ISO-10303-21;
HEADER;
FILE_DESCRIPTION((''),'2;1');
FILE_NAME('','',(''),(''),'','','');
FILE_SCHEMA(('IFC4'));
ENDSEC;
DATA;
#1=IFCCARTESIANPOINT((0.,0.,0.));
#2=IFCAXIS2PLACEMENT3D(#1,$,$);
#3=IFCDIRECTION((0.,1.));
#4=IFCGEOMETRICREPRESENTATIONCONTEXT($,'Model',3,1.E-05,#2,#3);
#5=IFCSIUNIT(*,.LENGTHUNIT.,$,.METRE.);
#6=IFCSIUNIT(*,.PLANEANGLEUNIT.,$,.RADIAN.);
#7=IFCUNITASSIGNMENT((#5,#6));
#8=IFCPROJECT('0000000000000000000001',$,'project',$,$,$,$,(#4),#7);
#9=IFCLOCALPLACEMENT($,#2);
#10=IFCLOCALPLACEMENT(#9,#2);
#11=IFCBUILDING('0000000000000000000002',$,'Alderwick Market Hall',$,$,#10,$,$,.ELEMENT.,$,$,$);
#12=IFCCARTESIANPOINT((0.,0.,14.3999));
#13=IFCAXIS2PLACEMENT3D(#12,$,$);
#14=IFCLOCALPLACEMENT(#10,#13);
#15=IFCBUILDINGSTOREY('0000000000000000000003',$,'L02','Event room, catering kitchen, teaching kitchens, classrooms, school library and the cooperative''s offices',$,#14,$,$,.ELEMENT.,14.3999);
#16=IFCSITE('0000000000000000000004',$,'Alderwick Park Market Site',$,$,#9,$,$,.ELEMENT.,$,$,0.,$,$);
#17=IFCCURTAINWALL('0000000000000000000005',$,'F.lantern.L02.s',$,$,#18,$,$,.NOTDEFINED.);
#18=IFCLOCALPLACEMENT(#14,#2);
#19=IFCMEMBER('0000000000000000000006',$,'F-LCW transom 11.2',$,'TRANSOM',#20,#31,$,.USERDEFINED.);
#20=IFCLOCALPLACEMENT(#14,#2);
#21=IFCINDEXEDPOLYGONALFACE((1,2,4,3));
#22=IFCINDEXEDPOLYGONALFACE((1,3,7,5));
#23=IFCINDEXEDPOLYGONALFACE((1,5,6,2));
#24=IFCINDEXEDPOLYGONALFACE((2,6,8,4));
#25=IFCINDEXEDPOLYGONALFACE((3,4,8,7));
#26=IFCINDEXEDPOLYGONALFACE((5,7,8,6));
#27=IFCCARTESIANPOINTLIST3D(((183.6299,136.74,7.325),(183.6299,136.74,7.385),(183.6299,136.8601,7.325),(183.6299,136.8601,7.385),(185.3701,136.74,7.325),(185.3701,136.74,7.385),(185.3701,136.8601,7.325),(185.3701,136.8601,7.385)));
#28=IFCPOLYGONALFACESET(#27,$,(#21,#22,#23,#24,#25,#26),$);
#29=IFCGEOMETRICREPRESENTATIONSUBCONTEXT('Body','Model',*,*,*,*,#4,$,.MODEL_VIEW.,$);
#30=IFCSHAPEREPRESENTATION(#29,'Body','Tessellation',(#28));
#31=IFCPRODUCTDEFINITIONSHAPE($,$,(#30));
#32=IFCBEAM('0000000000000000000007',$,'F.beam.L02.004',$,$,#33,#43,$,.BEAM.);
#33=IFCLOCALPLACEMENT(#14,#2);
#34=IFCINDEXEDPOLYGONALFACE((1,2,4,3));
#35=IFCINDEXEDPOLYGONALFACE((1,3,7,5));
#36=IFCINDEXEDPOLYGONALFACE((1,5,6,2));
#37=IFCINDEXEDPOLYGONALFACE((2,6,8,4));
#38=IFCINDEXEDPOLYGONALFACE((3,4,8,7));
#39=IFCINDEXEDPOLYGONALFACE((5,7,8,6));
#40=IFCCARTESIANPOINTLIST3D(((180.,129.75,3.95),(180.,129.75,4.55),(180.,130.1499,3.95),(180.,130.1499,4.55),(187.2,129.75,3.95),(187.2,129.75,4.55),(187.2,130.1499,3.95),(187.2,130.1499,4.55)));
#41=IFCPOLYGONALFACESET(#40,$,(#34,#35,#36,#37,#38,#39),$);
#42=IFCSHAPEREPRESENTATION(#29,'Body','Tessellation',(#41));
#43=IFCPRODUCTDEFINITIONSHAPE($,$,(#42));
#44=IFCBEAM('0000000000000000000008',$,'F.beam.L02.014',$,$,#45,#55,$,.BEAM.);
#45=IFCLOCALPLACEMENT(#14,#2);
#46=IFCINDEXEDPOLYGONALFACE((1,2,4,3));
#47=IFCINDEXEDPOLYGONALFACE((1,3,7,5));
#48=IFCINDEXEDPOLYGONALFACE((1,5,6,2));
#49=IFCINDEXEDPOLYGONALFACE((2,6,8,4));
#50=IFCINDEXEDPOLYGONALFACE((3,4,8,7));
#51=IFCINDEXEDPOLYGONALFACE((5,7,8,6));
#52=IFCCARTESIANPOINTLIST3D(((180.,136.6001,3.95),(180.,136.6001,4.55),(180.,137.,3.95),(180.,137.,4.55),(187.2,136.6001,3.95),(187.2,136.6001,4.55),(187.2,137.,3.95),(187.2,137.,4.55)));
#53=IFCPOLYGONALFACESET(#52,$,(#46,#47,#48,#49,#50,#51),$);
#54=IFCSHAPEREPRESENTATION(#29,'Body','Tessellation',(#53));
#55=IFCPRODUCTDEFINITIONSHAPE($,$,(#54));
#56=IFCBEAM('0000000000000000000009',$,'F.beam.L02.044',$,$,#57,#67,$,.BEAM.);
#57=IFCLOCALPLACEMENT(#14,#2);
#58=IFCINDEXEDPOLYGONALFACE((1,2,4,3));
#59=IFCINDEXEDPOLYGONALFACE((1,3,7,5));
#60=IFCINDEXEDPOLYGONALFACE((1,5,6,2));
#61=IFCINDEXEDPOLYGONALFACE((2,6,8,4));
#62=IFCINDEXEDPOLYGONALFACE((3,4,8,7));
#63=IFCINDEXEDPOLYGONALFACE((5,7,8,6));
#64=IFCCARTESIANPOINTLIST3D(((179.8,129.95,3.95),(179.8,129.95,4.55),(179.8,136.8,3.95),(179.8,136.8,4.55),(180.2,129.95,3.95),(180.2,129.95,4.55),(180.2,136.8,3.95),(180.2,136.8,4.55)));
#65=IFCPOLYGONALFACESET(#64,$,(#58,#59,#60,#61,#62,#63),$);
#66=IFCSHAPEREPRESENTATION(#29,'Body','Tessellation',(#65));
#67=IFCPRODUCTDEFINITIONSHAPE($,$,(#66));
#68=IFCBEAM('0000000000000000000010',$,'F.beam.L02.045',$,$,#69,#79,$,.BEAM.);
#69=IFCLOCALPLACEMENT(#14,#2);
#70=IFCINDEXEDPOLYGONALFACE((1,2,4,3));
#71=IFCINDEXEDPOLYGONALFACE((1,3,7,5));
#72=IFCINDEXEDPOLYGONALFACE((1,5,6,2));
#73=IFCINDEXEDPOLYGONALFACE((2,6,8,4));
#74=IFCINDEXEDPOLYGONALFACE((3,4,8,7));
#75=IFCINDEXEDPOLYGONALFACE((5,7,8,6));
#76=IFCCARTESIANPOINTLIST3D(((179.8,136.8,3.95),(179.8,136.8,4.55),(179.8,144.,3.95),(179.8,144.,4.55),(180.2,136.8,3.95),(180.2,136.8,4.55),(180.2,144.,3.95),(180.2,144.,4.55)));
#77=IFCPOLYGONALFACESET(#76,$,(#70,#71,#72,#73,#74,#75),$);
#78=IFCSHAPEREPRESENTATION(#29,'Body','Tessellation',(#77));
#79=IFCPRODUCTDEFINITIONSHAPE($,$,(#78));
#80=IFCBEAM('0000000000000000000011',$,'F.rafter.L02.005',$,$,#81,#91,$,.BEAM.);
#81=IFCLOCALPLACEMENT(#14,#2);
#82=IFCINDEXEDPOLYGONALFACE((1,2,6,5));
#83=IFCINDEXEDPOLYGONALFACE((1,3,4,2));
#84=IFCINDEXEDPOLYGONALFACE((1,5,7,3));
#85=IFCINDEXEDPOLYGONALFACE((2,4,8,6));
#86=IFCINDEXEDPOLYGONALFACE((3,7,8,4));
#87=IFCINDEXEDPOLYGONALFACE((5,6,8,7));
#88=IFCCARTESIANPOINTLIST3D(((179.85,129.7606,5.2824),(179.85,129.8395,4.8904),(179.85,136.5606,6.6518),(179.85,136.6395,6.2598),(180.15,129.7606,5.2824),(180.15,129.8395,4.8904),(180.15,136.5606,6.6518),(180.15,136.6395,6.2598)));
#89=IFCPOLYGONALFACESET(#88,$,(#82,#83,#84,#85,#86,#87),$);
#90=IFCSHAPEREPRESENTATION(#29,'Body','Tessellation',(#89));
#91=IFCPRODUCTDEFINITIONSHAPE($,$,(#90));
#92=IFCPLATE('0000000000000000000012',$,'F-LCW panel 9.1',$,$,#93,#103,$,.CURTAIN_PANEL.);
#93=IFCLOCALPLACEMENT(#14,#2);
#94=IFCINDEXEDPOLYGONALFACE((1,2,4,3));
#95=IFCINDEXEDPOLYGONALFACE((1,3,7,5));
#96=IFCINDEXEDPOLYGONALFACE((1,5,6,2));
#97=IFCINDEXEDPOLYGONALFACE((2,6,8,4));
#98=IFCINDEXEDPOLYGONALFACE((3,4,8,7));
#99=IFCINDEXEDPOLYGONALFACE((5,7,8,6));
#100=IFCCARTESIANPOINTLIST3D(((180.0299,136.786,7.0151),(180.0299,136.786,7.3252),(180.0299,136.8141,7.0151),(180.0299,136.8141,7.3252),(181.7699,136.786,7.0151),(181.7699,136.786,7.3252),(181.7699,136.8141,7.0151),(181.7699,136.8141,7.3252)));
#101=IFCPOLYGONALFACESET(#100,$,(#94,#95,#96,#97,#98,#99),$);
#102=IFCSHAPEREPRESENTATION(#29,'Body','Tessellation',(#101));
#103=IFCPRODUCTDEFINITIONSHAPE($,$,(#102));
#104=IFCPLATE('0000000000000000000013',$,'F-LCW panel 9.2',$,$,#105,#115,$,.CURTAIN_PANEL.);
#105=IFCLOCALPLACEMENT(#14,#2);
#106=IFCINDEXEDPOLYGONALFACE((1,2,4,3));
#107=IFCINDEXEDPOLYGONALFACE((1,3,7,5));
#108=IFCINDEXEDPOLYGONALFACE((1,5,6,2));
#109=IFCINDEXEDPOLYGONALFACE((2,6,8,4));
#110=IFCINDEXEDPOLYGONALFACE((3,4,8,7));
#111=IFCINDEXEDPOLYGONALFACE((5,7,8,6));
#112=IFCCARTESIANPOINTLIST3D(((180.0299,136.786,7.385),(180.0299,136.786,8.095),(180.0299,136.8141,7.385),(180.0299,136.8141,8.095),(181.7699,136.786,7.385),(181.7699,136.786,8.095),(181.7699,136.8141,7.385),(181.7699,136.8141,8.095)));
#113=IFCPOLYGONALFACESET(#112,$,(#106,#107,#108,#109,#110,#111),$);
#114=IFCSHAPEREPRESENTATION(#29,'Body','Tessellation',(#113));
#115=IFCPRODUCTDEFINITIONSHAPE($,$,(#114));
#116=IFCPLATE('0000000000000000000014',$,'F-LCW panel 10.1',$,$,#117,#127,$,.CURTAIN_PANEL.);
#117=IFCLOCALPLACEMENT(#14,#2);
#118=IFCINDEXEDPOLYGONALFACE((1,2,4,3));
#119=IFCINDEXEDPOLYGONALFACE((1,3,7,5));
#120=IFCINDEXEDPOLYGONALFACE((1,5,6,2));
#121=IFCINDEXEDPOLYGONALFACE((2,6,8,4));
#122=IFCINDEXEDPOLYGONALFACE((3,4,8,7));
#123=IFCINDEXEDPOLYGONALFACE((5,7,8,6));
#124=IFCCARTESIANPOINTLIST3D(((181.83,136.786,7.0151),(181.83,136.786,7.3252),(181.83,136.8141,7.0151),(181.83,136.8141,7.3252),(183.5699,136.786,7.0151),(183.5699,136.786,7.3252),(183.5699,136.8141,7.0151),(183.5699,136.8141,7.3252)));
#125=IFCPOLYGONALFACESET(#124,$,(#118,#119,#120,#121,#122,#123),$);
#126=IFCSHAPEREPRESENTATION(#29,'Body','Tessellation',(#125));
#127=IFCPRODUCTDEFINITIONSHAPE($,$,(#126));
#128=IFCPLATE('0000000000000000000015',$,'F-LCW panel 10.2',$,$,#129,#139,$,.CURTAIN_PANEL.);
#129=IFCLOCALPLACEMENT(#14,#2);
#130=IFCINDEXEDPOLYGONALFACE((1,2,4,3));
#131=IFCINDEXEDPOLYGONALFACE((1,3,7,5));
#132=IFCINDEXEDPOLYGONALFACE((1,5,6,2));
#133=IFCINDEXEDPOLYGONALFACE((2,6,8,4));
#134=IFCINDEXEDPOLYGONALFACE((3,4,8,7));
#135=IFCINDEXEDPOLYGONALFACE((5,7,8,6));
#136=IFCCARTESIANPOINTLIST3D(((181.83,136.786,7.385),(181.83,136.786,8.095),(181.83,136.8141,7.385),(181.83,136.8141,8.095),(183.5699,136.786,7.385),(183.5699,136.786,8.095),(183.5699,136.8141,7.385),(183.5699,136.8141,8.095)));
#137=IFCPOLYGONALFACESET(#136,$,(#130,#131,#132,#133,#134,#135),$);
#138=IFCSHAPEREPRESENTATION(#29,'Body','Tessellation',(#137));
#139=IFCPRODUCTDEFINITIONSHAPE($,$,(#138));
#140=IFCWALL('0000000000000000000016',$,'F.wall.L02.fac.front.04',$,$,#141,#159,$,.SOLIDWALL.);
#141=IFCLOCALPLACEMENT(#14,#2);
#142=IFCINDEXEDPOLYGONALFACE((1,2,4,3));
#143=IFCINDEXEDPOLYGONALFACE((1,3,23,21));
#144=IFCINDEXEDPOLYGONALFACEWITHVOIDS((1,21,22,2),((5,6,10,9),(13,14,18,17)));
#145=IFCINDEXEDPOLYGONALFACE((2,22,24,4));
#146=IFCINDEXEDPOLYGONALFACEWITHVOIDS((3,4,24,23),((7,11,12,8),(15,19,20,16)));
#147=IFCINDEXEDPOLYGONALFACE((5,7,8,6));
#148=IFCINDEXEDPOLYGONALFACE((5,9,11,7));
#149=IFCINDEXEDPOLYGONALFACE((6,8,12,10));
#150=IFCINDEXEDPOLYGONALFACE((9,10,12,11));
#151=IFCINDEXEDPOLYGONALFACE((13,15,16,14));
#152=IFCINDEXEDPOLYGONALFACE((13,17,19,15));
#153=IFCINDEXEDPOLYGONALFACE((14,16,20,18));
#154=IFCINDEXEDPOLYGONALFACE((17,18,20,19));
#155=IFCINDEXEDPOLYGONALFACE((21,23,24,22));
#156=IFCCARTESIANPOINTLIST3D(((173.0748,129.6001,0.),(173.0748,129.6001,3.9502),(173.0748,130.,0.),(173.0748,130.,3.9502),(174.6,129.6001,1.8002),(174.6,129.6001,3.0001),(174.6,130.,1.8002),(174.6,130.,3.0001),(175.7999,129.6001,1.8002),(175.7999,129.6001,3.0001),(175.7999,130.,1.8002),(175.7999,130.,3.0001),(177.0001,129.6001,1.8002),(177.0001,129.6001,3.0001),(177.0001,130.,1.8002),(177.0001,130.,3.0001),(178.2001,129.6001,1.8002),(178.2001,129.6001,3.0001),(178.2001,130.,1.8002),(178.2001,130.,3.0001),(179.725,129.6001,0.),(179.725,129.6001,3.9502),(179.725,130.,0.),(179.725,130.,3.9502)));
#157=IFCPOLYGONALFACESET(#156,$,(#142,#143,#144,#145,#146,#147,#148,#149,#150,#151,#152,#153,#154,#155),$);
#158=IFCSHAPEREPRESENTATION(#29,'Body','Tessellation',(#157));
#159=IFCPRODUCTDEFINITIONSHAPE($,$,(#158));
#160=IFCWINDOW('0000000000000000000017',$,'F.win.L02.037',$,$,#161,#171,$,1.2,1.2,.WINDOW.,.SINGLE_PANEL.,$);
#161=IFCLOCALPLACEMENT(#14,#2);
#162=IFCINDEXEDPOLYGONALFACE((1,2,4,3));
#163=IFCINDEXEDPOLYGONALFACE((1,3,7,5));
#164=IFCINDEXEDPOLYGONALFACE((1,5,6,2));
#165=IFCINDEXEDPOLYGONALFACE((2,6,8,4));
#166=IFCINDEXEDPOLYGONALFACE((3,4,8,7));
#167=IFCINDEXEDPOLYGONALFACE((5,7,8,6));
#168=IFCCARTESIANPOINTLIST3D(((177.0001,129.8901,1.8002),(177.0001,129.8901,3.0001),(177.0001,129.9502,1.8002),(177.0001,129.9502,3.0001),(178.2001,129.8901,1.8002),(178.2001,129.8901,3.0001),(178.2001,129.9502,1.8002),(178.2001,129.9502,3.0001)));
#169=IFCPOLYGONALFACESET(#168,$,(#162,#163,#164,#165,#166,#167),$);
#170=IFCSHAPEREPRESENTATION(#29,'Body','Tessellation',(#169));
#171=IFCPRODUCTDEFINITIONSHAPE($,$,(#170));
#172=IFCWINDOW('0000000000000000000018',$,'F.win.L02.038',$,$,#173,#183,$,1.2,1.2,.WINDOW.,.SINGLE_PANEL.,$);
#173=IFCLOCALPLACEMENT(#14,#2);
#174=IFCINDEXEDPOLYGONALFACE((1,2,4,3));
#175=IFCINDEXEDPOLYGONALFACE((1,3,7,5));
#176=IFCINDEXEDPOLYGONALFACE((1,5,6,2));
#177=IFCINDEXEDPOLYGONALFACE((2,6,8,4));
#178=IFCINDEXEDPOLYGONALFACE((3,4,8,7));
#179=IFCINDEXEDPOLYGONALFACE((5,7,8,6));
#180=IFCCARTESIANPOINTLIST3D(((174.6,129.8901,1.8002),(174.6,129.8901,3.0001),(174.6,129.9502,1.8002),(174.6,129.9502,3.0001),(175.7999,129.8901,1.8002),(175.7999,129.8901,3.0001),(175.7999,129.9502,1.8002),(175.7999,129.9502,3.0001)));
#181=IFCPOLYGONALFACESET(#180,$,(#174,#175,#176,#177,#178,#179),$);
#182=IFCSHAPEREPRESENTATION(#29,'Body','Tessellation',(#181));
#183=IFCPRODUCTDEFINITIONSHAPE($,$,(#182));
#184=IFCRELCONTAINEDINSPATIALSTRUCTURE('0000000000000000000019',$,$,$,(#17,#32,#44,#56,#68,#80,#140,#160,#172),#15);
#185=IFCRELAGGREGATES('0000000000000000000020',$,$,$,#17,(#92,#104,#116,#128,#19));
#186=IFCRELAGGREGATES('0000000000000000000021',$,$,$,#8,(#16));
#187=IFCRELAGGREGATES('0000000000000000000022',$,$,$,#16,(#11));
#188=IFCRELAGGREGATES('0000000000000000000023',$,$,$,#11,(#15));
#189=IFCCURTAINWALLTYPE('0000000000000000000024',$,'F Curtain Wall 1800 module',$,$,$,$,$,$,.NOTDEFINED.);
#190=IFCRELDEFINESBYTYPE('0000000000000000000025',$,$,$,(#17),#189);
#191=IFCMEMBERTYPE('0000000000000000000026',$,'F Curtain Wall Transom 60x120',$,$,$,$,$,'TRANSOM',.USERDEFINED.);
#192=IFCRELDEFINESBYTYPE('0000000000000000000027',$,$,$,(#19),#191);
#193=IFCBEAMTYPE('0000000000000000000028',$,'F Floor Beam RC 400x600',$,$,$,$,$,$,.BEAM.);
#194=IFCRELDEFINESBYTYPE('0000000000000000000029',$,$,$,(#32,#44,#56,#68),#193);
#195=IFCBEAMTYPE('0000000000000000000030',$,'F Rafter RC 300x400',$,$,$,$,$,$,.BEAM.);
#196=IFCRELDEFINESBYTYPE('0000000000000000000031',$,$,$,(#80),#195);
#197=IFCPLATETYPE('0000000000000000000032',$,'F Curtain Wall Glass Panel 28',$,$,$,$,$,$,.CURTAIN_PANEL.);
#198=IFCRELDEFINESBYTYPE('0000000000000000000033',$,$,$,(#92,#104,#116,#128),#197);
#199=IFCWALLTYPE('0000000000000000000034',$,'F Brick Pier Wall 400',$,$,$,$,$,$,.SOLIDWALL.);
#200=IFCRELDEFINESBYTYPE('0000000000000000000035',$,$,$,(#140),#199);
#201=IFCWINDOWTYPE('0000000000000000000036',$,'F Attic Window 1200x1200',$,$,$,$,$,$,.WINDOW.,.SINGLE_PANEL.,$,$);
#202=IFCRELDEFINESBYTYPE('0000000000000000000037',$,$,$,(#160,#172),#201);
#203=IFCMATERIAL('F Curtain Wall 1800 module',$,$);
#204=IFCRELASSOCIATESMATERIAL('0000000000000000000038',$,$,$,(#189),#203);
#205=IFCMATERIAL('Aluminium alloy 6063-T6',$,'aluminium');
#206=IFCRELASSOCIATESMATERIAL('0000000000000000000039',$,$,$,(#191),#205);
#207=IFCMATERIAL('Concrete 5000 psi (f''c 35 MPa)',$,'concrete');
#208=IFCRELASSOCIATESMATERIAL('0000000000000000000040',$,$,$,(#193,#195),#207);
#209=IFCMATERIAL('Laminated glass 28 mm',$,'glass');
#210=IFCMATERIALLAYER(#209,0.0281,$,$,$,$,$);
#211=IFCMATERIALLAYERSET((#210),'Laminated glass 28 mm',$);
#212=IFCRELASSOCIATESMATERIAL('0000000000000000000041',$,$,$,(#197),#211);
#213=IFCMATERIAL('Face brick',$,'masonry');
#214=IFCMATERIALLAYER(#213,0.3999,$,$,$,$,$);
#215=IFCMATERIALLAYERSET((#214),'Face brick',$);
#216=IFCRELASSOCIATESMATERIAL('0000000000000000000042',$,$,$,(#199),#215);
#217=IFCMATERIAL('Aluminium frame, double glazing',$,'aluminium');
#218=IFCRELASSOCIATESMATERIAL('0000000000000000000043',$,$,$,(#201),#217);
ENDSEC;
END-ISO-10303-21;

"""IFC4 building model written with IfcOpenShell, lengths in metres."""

from ifc_helpers import new_model, si_unit, direction, frame, frame_2d, origin, origin_2d, place, context, subcontext, project, spatial, rectangle, extrude, material, layer, layer_set, material_profile, profile_set, type_object, element, fill, aggregate, save


model = new_model("IFC4")

# Units and contexts
model_context = context("Model", 3, precision=1e-05, world=origin(), true_north=direction((0.0, 1.0)))
body_context = subcontext(model_context, "Body", "Model", "MODEL_VIEW")
ifc_project = project(units=[si_unit("LENGTHUNIT", "METRE"), si_unit("PLANEANGLEUNIT", "RADIAN")], contexts=[model_context])

# Site, building, storey
site_placement = place(None, origin())
site = spatial("IfcSite", under=ifc_project, at=site_placement, Name="Alderwick Park Market Site", CompositionType="ELEMENT", RefElevation=0.0)
building_placement = place(site_placement, origin())
building = spatial("IfcBuilding", under=site, at=building_placement, Name="Alderwick Market Hall", CompositionType="ELEMENT")
storey_placement = place(building_placement, frame((0.0, 0.0, 14.3999)))
storey = spatial("IfcBuildingStorey", under=building, at=storey_placement, Name="L02", Description="Event room, catering kitchen, teaching kitchens, classrooms, school library and the cooperative's offices", CompositionType="ELEMENT", Elevation=14.3999)

# Shared definitions
ifc_material_1 = material(Name="Concrete 5000 psi (f'c 35 MPa)", Category="concrete")

# Curtain wall, member
ifc_material_2 = material(Name="F Curtain Wall 1800 module")
curtain_wall_type = type_object("IfcCurtainWallType", Name="F Curtain Wall 1800 module", PredefinedType="NOTDEFINED", material=ifc_material_2)
curtain_wall_placement = place(storey_placement, origin())
curtain_wall = element("IfcCurtainWall", 1, at=curtain_wall_placement, inside=storey, type_object=curtain_wall_type, Name="F.lantern.L02.s", PredefinedType="NOTDEFINED")
ifc_material_3 = material(Name="Aluminium alloy 6063-T6", Category="aluminium")
ifc_material_profile_1 = material_profile(ifc_material_3, rectangle(XDim=0.1201, YDim=0.0601, at=origin_2d()), Name="AL 60x120")
ifc_profile_set_1 = profile_set([ifc_material_profile_1], Name="Aluminium alloy 6063-T6")
member_type_1 = type_object("IfcMemberType", Name="F Curtain Wall Transom 60x120", ElementType="TRANSOM", PredefinedType="USERDEFINED", material=ifc_profile_set_1)
member_1_placement = place(storey_placement, frame((183.6299, 136.8, 7.355), z_axis=(1.0, 0.0, 0.0), x_axis=(0.0, 1.0, 0.0)))
member_1 = element("IfcMember", 2, at=member_1_placement, type_object=member_type_1, Name="F-LCW transom 11.2", ObjectType="TRANSOM", PredefinedType="USERDEFINED", context=body_context, shape_type="SweptSolid", body=[
    extrude(rectangle(XDim=0.1201, YDim=0.0601, at=origin_2d()), origin(), (0.0, 0.0, 1.0), 1.7402),
])

# Beams
ifc_material_profile_2 = material_profile(ifc_material_1, rectangle(XDim=0.3999, YDim=0.6001, at=origin_2d()), Name="RC 400x600")
ifc_profile_set_2 = profile_set([ifc_material_profile_2], Name="Concrete 5000 psi (f'c 35 MPa)")
beam_type_1 = type_object("IfcBeamType", Name="F Floor Beam RC 400x600", PredefinedType="BEAM", material=ifc_profile_set_2)
for number, where, z_axis, x_axis, name in (
    (3, (180.0, 129.95, 4.25), (1.0, 0.0, 0.0), (0.0, 1.0, 0.0), "F.beam.L02.004"),
    (4, (180.0, 136.8, 4.25), (1.0, 0.0, 0.0), (0.0, 1.0, 0.0), "F.beam.L02.014"),
):
    element("IfcBeam", number, at=place(storey_placement, frame(where, z_axis=z_axis, x_axis=x_axis)), inside=storey, type_object=beam_type_1, Name=name, PredefinedType="BEAM", context=body_context, shape_type="SweptSolid", body=[
        extrude(rectangle(XDim=0.3999, YDim=0.6001, at=origin_2d()), origin(), (0.0, 0.0, 1.0), 7.2),
    ])
beam_1_placement = place(storey_placement, frame((180.0, 129.95, 4.25), z_axis=(0.0, 1.0, 0.0), x_axis=(-1.0, 0.0, 0.0)))
element("IfcBeam", 5, at=beam_1_placement, inside=storey, type_object=beam_type_1, Name="F.beam.L02.044", PredefinedType="BEAM", context=body_context, shape_type="SweptSolid", body=[
    extrude(rectangle(XDim=0.3999, YDim=0.6001, at=origin_2d()), origin(), (0.0, 0.0, 1.0), 6.8501),
])
beam_2_placement = place(storey_placement, frame((180.0, 136.8, 4.25), z_axis=(0.0, 1.0, 0.0), x_axis=(-1.0, 0.0, 0.0)))
element("IfcBeam", 6, at=beam_2_placement, inside=storey, type_object=beam_type_1, Name="F.beam.L02.045", PredefinedType="BEAM", context=body_context, shape_type="SweptSolid", body=[
    extrude(rectangle(XDim=0.3999, YDim=0.6001, at=origin_2d()), origin(), (0.0, 0.0, 1.0), 7.2),
])
ifc_material_profile_3 = material_profile(ifc_material_1, rectangle(XDim=0.3, YDim=0.3999, at=origin_2d()), Name="RC 300x400")
ifc_profile_set_3 = profile_set([ifc_material_profile_3], Name="Concrete 5000 psi (f'c 35 MPa)")
beam_type_2 = type_object("IfcBeamType", Name="F Rafter RC 300x400", PredefinedType="BEAM", material=ifc_profile_set_3)
beam_3_placement = place(storey_placement, frame((180.0, 129.8, 5.0864), z_axis=(0.0, 0.98032, 0.197416), x_axis=(-1.0, 0.0, 0.0)))
element("IfcBeam", 7, at=beam_3_placement, inside=storey, type_object=beam_type_2, Name="F.rafter.L02.005", PredefinedType="BEAM", context=body_context, shape_type="SweptSolid", body=[
    extrude(rectangle(XDim=0.3, YDim=0.3999, at=origin_2d()), origin(), (0.0, 0.0, 1.0), 6.9365),
])

# Plates
ifc_material_4 = material(Name="Laminated glass 28 mm", Category="glass")
ifc_layer_1 = layer(ifc_material_4, 0.0281)
ifc_layer_set_1 = layer_set([ifc_layer_1], Name="Laminated glass 28 mm")
plate_type = type_object("IfcPlateType", Name="F Curtain Wall Glass Panel 28", PredefinedType="CURTAIN_PANEL", material=ifc_layer_set_1)
plate_1_placement = place(storey_placement, frame((180.8999, 136.8, 7.0151), z_axis=(0.0, 0.0, 1.0), x_axis=(1.0, 0.0, 0.0)))
plate_1 = element("IfcPlate", 8, at=plate_1_placement, type_object=plate_type, Name="F-LCW panel 9.1", PredefinedType="CURTAIN_PANEL", context=body_context, shape_type="SweptSolid", body=[
    extrude(rectangle(XDim=1.74, YDim=0.0281, at=origin_2d()), origin(), (0.0, 0.0, 1.0), 0.3101),
])
plate_2_placement = place(storey_placement, frame((180.8999, 136.8, 7.385), z_axis=(0.0, 0.0, 1.0), x_axis=(1.0, 0.0, 0.0)))
plate_2 = element("IfcPlate", 9, at=plate_2_placement, type_object=plate_type, Name="F-LCW panel 9.2", PredefinedType="CURTAIN_PANEL", context=body_context, shape_type="SweptSolid", body=[
    extrude(rectangle(XDim=1.74, YDim=0.0281, at=origin_2d()), origin(), (0.0, 0.0, 1.0), 0.71),
])
plate_3_placement = place(storey_placement, frame((182.7, 136.8, 7.0151), z_axis=(0.0, 0.0, 1.0), x_axis=(1.0, 0.0, 0.0)))
plate_3 = element("IfcPlate", 10, at=plate_3_placement, type_object=plate_type, Name="F-LCW panel 10.1", PredefinedType="CURTAIN_PANEL", context=body_context, shape_type="SweptSolid", body=[
    extrude(rectangle(XDim=1.74, YDim=0.0281, at=origin_2d()), origin(), (0.0, 0.0, 1.0), 0.3101),
])
plate_4_placement = place(storey_placement, frame((182.7, 136.8, 7.385), z_axis=(0.0, 0.0, 1.0), x_axis=(1.0, 0.0, 0.0)))
plate_4 = element("IfcPlate", 11, at=plate_4_placement, type_object=plate_type, Name="F-LCW panel 10.2", PredefinedType="CURTAIN_PANEL", context=body_context, shape_type="SweptSolid", body=[
    extrude(rectangle(XDim=1.74, YDim=0.0281, at=origin_2d()), origin(), (0.0, 0.0, 1.0), 0.71),
])
aggregate(curtain_wall, [plate_1, plate_2, plate_3, plate_4, member_1])

# Wall, openings, windows
ifc_material_5 = material(Name="Face brick", Category="masonry")
ifc_layer_2 = layer(ifc_material_5, 0.3999)
ifc_layer_set_2 = layer_set([ifc_layer_2], Name="Face brick")
wall_type = type_object("IfcWallType", Name="F Brick Pier Wall 400", PredefinedType="SOLIDWALL", material=ifc_layer_set_2)
wall_placement = place(storey_placement, frame((179.7251, 129.8, 0.0), z_axis=(0.0, 0.0, 1.0), x_axis=(-1.0, 0.0, 0.0)))
wall = element("IfcWall", 12, at=wall_placement, inside=storey, type_object=wall_type, Name="F.wall.L02.fac.front.04", PredefinedType="SOLIDWALL", context=body_context, shape_type="SweptSolid", body=[
    extrude(rectangle(XDim=6.6501, YDim=0.3999, at=frame_2d((3.3252, 0.0))), origin(), (0.0, 0.0, 1.0), 3.9502),
])
opening_1_placement = place(wall_placement, frame((1.5249, 0.0, 1.8)))
opening_1 = element("IfcOpeningElement", 13, at=opening_1_placement, cuts=wall, PredefinedType="OPENING", context=body_context, shape_type="SweptSolid", body=[
    extrude(rectangle(XDim=1.2, YDim=1.2, at=frame_2d((0.6001, 0.6001))), frame((0.0, 0.21, 0.0), z_axis=(0.0, -1.0, 0.0), x_axis=(1.0, 0.0, 0.0)), (0.0, 0.0, 1.0), 0.4199),
])
opening_2_placement = place(wall_placement, frame((3.925, 0.0, 1.8)))
opening_2 = element("IfcOpeningElement", 14, at=opening_2_placement, cuts=wall, PredefinedType="OPENING", context=body_context, shape_type="SweptSolid", body=[
    extrude(rectangle(XDim=1.2, YDim=1.2, at=frame_2d((0.6001, 0.6001))), frame((0.0, 0.21, 0.0), z_axis=(0.0, -1.0, 0.0), x_axis=(1.0, 0.0, 0.0)), (0.0, 0.0, 1.0), 0.4199),
])
ifc_material_6 = material(Name="Aluminium frame, double glazing", Category="aluminium")
window_type = type_object("IfcWindowType", Name="F Attic Window 1200x1200", PartitioningType="SINGLE_PANEL", PredefinedType="WINDOW", material=ifc_material_6)
window_1_placement = place(opening_1_placement, origin())
window_1 = element("IfcWindow", 15, at=window_1_placement, inside=storey, type_object=window_type, Name="F.win.L02.037", OverallHeight=1.2, OverallWidth=1.2, PartitioningType="SINGLE_PANEL", PredefinedType="WINDOW", context=body_context, shape_type="SweptSolid", body=[
    extrude(rectangle(XDim=1.2, YDim=1.2, at=frame_2d((0.6001, 0.6001))), frame((0.0, -0.0901, 0.0), z_axis=(0.0, -1.0, 0.0), x_axis=(1.0, 0.0, 0.0)), (0.0, 0.0, 1.0), 0.0601),
])
fill(opening_1, window_1)
window_2_placement = place(opening_2_placement, origin())
window_2 = element("IfcWindow", 16, at=window_2_placement, inside=storey, type_object=window_type, Name="F.win.L02.038", OverallHeight=1.2, OverallWidth=1.2, PartitioningType="SINGLE_PANEL", PredefinedType="WINDOW", context=body_context, shape_type="SweptSolid", body=[
    extrude(rectangle(XDim=1.2, YDim=1.2, at=frame_2d((0.6001, 0.6001))), frame((0.0, -0.0901, 0.0), z_axis=(0.0, -1.0, 0.0), x_axis=(1.0, 0.0, 0.0)), (0.0, 0.0, 1.0), 0.0601),
])
fill(opening_2, window_2)

save(model, "model.ifc")
